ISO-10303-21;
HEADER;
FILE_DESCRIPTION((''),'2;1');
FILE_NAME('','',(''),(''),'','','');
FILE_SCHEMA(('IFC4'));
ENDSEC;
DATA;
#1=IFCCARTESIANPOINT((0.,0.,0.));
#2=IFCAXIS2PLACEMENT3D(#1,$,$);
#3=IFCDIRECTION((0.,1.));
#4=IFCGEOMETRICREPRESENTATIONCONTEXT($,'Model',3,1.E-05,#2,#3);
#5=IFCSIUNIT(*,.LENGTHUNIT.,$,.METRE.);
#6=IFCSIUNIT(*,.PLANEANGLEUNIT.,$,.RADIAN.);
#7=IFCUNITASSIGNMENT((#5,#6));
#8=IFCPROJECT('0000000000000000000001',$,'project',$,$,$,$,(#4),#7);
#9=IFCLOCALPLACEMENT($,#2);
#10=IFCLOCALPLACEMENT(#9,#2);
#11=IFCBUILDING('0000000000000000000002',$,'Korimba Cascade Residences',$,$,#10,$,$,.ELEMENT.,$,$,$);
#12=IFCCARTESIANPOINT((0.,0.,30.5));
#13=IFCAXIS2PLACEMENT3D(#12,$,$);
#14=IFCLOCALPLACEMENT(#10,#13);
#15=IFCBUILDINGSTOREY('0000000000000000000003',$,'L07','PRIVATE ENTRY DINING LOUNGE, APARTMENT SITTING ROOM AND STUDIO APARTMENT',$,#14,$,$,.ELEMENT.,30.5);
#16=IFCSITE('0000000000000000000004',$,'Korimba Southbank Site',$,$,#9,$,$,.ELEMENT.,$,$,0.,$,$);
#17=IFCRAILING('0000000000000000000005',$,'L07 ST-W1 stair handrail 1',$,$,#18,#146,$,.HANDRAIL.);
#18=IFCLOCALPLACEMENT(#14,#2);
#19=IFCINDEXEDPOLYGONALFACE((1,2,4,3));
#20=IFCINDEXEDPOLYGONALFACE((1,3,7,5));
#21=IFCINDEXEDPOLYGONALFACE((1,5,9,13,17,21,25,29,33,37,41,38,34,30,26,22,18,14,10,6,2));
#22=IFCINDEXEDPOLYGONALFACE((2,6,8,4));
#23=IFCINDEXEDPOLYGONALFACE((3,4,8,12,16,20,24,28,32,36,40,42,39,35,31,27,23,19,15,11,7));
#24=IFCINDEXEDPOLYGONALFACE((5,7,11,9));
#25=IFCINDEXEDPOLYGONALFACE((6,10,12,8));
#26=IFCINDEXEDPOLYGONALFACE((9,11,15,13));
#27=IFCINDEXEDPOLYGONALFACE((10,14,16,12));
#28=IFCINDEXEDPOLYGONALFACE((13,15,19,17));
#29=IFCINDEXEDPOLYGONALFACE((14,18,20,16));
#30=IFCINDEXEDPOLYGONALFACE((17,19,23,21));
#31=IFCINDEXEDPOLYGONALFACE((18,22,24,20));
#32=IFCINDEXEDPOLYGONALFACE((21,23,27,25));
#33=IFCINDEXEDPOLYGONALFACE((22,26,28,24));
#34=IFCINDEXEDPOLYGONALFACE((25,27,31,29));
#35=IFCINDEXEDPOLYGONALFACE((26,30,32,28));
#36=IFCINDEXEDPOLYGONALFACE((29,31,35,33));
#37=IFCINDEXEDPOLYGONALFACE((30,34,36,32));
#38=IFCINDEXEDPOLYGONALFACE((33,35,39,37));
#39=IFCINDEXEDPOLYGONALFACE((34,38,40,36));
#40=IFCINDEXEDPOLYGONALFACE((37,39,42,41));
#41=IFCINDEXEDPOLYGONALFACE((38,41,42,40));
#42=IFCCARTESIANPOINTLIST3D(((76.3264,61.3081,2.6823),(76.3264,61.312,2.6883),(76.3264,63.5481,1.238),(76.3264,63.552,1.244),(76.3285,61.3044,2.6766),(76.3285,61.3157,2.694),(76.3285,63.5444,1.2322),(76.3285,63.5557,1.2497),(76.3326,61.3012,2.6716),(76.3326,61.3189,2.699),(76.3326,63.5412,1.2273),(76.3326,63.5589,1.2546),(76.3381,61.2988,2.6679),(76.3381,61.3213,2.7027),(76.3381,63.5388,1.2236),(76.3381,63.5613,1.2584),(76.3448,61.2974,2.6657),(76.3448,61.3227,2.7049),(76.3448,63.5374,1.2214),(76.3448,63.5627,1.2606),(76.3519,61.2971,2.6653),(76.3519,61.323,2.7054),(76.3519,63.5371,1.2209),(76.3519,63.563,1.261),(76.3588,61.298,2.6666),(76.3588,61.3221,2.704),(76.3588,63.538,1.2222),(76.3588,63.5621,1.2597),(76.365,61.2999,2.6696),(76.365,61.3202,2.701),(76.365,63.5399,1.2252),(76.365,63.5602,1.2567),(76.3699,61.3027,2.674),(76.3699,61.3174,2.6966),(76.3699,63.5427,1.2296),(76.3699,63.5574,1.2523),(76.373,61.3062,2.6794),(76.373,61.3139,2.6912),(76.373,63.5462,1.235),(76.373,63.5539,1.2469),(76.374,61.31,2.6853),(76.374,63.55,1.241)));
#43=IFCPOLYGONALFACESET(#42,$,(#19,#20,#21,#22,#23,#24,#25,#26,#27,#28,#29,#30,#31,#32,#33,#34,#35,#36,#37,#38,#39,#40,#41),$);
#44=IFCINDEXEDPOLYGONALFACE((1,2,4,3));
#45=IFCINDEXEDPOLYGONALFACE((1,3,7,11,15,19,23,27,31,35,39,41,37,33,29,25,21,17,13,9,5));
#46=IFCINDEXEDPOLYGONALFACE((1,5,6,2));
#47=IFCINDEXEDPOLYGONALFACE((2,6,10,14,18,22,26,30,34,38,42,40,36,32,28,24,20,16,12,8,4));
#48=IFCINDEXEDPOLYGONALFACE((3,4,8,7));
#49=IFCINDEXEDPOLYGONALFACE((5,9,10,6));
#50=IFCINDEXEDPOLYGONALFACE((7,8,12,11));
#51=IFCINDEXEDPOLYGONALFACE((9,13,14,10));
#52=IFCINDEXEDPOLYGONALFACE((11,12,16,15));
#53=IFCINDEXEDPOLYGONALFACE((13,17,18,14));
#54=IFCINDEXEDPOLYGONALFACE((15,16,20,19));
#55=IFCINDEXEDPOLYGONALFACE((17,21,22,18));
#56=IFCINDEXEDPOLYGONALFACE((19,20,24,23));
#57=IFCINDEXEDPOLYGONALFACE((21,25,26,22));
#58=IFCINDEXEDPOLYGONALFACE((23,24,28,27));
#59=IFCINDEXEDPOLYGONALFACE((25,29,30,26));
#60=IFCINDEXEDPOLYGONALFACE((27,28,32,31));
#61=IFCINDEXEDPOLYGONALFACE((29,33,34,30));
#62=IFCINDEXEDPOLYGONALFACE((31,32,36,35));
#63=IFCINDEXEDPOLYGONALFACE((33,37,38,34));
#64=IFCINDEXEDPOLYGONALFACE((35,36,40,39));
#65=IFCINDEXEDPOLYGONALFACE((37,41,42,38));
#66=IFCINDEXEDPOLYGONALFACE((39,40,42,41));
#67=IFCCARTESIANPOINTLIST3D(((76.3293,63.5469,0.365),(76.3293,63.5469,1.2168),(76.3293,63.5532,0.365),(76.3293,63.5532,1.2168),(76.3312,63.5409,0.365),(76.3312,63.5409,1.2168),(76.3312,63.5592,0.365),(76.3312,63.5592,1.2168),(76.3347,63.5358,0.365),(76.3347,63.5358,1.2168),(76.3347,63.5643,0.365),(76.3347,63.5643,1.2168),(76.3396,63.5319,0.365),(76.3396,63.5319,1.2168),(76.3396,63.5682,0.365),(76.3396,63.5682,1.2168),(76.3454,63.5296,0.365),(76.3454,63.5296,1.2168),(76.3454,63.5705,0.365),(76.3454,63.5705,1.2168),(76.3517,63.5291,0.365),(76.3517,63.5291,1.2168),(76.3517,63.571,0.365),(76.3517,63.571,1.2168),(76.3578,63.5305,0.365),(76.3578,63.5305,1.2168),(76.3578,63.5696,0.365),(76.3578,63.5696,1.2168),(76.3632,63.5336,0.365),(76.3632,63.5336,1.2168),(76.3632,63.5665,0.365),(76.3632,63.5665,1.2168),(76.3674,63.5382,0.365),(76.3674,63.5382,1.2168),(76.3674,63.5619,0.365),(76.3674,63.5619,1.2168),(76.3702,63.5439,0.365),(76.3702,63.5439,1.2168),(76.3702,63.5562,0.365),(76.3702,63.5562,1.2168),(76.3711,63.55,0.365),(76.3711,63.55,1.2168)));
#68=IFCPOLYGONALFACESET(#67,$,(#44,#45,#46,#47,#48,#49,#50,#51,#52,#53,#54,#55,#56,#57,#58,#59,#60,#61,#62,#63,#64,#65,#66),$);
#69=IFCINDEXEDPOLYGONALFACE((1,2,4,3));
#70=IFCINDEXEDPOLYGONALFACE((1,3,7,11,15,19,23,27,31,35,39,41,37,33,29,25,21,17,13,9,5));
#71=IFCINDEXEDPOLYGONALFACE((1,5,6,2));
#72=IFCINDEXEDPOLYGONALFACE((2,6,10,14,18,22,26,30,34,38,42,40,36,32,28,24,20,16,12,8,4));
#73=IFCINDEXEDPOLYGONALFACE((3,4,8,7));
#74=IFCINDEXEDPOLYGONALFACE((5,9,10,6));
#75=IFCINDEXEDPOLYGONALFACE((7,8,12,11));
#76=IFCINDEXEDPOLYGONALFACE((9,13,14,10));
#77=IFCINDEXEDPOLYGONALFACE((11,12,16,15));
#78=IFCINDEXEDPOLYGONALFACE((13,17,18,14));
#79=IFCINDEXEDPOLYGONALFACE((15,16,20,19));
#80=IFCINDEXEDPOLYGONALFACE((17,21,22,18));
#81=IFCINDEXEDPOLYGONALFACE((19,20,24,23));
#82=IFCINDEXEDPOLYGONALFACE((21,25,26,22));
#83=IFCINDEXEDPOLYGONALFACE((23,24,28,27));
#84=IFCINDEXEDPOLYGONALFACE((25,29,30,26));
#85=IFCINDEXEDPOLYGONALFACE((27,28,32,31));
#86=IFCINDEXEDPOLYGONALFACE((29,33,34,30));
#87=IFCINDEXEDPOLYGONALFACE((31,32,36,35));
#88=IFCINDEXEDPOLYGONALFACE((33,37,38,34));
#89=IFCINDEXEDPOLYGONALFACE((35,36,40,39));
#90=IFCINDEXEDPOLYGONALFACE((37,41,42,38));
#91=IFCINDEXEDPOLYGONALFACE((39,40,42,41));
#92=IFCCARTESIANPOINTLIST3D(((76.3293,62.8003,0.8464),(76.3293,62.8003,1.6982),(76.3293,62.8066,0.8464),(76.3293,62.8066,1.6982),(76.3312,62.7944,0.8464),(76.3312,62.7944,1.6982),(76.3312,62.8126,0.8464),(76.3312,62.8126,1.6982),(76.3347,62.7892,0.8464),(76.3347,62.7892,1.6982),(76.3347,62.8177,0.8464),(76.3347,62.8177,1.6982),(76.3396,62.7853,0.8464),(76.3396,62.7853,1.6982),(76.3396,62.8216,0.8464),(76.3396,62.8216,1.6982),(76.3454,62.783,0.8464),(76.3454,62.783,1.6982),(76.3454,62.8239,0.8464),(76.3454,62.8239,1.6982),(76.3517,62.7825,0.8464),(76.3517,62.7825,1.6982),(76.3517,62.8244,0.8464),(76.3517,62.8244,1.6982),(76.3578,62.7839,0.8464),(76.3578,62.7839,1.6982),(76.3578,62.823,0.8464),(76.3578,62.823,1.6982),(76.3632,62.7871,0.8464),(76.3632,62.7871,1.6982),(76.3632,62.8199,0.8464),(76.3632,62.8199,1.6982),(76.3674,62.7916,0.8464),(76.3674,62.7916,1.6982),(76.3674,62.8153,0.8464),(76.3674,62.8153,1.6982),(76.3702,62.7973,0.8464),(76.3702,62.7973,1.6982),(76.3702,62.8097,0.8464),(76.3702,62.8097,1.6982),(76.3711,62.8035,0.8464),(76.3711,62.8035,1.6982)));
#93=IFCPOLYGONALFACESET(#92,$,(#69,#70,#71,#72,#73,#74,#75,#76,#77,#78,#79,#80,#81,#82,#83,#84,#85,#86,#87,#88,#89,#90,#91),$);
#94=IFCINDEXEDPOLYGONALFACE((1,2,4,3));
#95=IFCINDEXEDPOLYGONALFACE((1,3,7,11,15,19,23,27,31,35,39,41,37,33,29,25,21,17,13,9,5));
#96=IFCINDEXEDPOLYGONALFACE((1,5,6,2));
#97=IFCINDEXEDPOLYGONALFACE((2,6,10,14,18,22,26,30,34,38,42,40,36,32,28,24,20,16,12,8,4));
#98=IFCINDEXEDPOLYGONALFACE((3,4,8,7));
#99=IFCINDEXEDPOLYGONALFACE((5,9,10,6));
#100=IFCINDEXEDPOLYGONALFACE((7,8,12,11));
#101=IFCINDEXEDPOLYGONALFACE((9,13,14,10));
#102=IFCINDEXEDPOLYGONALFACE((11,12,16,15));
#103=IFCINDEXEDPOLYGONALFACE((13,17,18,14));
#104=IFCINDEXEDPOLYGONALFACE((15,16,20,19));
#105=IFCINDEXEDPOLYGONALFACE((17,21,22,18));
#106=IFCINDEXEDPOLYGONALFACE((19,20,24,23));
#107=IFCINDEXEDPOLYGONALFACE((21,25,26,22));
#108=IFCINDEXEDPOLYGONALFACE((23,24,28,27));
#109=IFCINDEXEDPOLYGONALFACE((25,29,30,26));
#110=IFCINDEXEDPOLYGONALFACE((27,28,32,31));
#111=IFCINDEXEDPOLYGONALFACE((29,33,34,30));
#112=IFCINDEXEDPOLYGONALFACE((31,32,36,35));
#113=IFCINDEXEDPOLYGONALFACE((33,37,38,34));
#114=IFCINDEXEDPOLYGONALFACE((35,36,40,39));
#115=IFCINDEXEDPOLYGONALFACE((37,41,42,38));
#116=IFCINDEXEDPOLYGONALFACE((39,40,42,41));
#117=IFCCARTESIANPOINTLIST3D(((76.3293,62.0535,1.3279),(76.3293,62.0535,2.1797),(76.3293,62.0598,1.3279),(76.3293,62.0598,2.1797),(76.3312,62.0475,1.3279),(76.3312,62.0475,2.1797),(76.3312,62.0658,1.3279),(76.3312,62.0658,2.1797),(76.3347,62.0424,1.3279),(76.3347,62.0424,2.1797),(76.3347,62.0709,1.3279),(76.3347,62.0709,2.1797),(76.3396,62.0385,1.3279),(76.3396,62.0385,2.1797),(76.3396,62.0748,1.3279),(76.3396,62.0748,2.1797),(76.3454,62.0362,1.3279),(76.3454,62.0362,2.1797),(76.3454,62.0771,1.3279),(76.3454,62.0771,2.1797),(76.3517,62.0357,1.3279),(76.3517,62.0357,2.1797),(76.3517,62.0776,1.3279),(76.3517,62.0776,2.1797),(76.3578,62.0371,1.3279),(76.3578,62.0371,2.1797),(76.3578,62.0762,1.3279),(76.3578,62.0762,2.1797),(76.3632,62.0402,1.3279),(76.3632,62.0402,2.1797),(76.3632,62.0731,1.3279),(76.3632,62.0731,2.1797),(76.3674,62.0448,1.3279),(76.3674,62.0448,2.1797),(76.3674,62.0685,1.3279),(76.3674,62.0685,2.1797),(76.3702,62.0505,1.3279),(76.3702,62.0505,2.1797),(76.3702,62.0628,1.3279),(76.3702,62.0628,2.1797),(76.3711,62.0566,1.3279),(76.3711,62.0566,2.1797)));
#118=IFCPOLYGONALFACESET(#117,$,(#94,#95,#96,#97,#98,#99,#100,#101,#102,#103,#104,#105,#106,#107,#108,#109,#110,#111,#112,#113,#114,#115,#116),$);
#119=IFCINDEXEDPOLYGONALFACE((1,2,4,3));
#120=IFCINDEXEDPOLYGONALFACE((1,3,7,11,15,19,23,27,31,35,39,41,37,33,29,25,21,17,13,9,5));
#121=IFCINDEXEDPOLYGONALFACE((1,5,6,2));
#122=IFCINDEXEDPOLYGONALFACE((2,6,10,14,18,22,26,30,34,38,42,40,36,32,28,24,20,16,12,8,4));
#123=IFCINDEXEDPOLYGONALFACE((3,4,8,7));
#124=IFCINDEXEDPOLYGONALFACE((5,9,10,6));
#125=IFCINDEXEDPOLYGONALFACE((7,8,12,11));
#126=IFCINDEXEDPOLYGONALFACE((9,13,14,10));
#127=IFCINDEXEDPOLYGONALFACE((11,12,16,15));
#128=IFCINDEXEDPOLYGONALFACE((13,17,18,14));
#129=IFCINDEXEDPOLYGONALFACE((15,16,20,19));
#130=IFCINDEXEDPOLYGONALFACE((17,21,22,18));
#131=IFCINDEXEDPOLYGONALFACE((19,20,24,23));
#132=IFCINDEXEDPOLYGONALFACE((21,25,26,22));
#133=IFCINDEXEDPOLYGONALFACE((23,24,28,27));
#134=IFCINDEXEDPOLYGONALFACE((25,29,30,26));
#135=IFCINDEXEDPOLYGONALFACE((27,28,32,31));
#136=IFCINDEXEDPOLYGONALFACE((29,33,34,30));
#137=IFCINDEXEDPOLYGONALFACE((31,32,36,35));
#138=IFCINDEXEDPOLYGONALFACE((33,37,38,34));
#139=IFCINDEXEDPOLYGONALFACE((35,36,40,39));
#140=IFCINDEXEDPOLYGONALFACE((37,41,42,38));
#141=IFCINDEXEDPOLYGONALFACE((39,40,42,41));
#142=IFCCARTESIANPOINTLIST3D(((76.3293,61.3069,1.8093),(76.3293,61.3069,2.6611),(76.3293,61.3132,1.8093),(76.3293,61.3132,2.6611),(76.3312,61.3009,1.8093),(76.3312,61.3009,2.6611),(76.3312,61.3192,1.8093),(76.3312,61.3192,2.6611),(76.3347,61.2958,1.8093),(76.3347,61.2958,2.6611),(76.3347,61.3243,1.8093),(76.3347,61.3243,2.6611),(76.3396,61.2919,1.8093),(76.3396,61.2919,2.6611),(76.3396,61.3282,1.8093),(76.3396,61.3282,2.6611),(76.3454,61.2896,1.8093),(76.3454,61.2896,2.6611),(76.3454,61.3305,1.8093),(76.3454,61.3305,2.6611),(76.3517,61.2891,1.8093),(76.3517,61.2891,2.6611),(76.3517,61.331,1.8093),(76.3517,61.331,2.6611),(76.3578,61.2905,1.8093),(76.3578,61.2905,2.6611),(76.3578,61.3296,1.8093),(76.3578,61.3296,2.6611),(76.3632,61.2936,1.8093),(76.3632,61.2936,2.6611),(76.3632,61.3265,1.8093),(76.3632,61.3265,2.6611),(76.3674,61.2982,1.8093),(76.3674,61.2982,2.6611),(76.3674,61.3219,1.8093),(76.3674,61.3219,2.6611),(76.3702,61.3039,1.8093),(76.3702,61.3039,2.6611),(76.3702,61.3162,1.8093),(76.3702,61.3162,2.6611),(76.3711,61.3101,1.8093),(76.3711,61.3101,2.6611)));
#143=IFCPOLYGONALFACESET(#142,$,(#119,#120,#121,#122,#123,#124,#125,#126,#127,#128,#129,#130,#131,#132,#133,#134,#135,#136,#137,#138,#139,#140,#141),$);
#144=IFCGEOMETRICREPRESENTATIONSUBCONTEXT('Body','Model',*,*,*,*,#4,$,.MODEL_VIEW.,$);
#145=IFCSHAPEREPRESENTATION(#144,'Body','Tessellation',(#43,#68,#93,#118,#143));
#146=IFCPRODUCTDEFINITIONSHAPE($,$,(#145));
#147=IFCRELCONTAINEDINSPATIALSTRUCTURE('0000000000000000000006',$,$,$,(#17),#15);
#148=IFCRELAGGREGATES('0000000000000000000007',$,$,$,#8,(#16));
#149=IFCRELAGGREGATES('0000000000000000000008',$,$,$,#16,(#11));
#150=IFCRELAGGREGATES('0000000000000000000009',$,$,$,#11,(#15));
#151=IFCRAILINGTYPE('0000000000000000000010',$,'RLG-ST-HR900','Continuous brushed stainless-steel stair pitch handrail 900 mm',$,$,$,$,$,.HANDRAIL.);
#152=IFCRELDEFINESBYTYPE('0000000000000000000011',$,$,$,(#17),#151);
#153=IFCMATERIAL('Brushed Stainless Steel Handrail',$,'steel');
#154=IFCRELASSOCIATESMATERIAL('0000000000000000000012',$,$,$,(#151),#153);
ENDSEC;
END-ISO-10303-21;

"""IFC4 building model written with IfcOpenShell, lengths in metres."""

from ifc_helpers import new_model, si_unit, direction, frame, origin, origin_2d, place, context, subcontext, project, spatial, circle, extrude, material, type_object, element, save


model = new_model("IFC4")

# Units and contexts
model_context = context("Model", 3, precision=1e-05, world=origin(), true_north=direction((0.0, 1.0)))
body_context = subcontext(model_context, "Body", "Model", "MODEL_VIEW")
ifc_project = project(units=[si_unit("LENGTHUNIT", "METRE"), si_unit("PLANEANGLEUNIT", "RADIAN")], contexts=[model_context])

# Site, building, storey
site_placement = place(None, origin())
site = spatial("IfcSite", under=ifc_project, at=site_placement, Name="Korimba Southbank Site", CompositionType="ELEMENT", RefElevation=0.0)
building_placement = place(site_placement, origin())
building = spatial("IfcBuilding", under=site, at=building_placement, Name="Korimba Cascade Residences", CompositionType="ELEMENT")
storey_placement = place(building_placement, frame((0.0, 0.0, 30.5)))
storey = spatial("IfcBuildingStorey", under=building, at=storey_placement, Name="L07", Description="PRIVATE ENTRY DINING LOUNGE, APARTMENT SITTING ROOM AND STUDIO APARTMENT", CompositionType="ELEMENT", Elevation=30.5)

# Railing
ifc_material_1 = material(Name="Brushed Stainless Steel Handrail", Category="steel")
railing_type_1 = type_object("IfcRailingType", Name="RLG-ST-HR900", Description="Continuous brushed stainless-steel stair pitch handrail 900 mm", PredefinedType="HANDRAIL", material=ifc_material_1)
railing_1_placement = place(storey_placement, frame((76.3501, 63.55, 0.365)))
element("IfcRailing", 1, at=railing_1_placement, inside=storey, type_object=railing_type_1, Name="L07 ST-W1 stair handrail 1", PredefinedType="HANDRAIL", context=body_context, shape_type="SweptSolid", body=[
    extrude(circle(Radius=0.0239, at=origin_2d()), frame((0.0, 0.0, 0.876), z_axis=(0.0, -0.840437, 0.54191), x_axis=(1.0, 0.0, 0.0)), (0.0, 0.0, 1.0), 2.6653),
    extrude(circle(Radius=0.021, at=origin_2d()), origin(), (0.0, 0.0, 1.0), 0.8518),
    extrude(circle(Radius=0.021, at=origin_2d()), frame((0.0, -0.7466, 0.4814)), (0.0, 0.0, 1.0), 0.8518),
    extrude(circle(Radius=0.021, at=origin_2d()), frame((0.0, -1.4934, 0.9629)), (0.0, 0.0, 1.0), 0.8518),
    extrude(circle(Radius=0.021, at=origin_2d()), frame((0.0, -2.24, 1.4443)), (0.0, 0.0, 1.0), 0.8518),
])

save(model, "model.ifc")
